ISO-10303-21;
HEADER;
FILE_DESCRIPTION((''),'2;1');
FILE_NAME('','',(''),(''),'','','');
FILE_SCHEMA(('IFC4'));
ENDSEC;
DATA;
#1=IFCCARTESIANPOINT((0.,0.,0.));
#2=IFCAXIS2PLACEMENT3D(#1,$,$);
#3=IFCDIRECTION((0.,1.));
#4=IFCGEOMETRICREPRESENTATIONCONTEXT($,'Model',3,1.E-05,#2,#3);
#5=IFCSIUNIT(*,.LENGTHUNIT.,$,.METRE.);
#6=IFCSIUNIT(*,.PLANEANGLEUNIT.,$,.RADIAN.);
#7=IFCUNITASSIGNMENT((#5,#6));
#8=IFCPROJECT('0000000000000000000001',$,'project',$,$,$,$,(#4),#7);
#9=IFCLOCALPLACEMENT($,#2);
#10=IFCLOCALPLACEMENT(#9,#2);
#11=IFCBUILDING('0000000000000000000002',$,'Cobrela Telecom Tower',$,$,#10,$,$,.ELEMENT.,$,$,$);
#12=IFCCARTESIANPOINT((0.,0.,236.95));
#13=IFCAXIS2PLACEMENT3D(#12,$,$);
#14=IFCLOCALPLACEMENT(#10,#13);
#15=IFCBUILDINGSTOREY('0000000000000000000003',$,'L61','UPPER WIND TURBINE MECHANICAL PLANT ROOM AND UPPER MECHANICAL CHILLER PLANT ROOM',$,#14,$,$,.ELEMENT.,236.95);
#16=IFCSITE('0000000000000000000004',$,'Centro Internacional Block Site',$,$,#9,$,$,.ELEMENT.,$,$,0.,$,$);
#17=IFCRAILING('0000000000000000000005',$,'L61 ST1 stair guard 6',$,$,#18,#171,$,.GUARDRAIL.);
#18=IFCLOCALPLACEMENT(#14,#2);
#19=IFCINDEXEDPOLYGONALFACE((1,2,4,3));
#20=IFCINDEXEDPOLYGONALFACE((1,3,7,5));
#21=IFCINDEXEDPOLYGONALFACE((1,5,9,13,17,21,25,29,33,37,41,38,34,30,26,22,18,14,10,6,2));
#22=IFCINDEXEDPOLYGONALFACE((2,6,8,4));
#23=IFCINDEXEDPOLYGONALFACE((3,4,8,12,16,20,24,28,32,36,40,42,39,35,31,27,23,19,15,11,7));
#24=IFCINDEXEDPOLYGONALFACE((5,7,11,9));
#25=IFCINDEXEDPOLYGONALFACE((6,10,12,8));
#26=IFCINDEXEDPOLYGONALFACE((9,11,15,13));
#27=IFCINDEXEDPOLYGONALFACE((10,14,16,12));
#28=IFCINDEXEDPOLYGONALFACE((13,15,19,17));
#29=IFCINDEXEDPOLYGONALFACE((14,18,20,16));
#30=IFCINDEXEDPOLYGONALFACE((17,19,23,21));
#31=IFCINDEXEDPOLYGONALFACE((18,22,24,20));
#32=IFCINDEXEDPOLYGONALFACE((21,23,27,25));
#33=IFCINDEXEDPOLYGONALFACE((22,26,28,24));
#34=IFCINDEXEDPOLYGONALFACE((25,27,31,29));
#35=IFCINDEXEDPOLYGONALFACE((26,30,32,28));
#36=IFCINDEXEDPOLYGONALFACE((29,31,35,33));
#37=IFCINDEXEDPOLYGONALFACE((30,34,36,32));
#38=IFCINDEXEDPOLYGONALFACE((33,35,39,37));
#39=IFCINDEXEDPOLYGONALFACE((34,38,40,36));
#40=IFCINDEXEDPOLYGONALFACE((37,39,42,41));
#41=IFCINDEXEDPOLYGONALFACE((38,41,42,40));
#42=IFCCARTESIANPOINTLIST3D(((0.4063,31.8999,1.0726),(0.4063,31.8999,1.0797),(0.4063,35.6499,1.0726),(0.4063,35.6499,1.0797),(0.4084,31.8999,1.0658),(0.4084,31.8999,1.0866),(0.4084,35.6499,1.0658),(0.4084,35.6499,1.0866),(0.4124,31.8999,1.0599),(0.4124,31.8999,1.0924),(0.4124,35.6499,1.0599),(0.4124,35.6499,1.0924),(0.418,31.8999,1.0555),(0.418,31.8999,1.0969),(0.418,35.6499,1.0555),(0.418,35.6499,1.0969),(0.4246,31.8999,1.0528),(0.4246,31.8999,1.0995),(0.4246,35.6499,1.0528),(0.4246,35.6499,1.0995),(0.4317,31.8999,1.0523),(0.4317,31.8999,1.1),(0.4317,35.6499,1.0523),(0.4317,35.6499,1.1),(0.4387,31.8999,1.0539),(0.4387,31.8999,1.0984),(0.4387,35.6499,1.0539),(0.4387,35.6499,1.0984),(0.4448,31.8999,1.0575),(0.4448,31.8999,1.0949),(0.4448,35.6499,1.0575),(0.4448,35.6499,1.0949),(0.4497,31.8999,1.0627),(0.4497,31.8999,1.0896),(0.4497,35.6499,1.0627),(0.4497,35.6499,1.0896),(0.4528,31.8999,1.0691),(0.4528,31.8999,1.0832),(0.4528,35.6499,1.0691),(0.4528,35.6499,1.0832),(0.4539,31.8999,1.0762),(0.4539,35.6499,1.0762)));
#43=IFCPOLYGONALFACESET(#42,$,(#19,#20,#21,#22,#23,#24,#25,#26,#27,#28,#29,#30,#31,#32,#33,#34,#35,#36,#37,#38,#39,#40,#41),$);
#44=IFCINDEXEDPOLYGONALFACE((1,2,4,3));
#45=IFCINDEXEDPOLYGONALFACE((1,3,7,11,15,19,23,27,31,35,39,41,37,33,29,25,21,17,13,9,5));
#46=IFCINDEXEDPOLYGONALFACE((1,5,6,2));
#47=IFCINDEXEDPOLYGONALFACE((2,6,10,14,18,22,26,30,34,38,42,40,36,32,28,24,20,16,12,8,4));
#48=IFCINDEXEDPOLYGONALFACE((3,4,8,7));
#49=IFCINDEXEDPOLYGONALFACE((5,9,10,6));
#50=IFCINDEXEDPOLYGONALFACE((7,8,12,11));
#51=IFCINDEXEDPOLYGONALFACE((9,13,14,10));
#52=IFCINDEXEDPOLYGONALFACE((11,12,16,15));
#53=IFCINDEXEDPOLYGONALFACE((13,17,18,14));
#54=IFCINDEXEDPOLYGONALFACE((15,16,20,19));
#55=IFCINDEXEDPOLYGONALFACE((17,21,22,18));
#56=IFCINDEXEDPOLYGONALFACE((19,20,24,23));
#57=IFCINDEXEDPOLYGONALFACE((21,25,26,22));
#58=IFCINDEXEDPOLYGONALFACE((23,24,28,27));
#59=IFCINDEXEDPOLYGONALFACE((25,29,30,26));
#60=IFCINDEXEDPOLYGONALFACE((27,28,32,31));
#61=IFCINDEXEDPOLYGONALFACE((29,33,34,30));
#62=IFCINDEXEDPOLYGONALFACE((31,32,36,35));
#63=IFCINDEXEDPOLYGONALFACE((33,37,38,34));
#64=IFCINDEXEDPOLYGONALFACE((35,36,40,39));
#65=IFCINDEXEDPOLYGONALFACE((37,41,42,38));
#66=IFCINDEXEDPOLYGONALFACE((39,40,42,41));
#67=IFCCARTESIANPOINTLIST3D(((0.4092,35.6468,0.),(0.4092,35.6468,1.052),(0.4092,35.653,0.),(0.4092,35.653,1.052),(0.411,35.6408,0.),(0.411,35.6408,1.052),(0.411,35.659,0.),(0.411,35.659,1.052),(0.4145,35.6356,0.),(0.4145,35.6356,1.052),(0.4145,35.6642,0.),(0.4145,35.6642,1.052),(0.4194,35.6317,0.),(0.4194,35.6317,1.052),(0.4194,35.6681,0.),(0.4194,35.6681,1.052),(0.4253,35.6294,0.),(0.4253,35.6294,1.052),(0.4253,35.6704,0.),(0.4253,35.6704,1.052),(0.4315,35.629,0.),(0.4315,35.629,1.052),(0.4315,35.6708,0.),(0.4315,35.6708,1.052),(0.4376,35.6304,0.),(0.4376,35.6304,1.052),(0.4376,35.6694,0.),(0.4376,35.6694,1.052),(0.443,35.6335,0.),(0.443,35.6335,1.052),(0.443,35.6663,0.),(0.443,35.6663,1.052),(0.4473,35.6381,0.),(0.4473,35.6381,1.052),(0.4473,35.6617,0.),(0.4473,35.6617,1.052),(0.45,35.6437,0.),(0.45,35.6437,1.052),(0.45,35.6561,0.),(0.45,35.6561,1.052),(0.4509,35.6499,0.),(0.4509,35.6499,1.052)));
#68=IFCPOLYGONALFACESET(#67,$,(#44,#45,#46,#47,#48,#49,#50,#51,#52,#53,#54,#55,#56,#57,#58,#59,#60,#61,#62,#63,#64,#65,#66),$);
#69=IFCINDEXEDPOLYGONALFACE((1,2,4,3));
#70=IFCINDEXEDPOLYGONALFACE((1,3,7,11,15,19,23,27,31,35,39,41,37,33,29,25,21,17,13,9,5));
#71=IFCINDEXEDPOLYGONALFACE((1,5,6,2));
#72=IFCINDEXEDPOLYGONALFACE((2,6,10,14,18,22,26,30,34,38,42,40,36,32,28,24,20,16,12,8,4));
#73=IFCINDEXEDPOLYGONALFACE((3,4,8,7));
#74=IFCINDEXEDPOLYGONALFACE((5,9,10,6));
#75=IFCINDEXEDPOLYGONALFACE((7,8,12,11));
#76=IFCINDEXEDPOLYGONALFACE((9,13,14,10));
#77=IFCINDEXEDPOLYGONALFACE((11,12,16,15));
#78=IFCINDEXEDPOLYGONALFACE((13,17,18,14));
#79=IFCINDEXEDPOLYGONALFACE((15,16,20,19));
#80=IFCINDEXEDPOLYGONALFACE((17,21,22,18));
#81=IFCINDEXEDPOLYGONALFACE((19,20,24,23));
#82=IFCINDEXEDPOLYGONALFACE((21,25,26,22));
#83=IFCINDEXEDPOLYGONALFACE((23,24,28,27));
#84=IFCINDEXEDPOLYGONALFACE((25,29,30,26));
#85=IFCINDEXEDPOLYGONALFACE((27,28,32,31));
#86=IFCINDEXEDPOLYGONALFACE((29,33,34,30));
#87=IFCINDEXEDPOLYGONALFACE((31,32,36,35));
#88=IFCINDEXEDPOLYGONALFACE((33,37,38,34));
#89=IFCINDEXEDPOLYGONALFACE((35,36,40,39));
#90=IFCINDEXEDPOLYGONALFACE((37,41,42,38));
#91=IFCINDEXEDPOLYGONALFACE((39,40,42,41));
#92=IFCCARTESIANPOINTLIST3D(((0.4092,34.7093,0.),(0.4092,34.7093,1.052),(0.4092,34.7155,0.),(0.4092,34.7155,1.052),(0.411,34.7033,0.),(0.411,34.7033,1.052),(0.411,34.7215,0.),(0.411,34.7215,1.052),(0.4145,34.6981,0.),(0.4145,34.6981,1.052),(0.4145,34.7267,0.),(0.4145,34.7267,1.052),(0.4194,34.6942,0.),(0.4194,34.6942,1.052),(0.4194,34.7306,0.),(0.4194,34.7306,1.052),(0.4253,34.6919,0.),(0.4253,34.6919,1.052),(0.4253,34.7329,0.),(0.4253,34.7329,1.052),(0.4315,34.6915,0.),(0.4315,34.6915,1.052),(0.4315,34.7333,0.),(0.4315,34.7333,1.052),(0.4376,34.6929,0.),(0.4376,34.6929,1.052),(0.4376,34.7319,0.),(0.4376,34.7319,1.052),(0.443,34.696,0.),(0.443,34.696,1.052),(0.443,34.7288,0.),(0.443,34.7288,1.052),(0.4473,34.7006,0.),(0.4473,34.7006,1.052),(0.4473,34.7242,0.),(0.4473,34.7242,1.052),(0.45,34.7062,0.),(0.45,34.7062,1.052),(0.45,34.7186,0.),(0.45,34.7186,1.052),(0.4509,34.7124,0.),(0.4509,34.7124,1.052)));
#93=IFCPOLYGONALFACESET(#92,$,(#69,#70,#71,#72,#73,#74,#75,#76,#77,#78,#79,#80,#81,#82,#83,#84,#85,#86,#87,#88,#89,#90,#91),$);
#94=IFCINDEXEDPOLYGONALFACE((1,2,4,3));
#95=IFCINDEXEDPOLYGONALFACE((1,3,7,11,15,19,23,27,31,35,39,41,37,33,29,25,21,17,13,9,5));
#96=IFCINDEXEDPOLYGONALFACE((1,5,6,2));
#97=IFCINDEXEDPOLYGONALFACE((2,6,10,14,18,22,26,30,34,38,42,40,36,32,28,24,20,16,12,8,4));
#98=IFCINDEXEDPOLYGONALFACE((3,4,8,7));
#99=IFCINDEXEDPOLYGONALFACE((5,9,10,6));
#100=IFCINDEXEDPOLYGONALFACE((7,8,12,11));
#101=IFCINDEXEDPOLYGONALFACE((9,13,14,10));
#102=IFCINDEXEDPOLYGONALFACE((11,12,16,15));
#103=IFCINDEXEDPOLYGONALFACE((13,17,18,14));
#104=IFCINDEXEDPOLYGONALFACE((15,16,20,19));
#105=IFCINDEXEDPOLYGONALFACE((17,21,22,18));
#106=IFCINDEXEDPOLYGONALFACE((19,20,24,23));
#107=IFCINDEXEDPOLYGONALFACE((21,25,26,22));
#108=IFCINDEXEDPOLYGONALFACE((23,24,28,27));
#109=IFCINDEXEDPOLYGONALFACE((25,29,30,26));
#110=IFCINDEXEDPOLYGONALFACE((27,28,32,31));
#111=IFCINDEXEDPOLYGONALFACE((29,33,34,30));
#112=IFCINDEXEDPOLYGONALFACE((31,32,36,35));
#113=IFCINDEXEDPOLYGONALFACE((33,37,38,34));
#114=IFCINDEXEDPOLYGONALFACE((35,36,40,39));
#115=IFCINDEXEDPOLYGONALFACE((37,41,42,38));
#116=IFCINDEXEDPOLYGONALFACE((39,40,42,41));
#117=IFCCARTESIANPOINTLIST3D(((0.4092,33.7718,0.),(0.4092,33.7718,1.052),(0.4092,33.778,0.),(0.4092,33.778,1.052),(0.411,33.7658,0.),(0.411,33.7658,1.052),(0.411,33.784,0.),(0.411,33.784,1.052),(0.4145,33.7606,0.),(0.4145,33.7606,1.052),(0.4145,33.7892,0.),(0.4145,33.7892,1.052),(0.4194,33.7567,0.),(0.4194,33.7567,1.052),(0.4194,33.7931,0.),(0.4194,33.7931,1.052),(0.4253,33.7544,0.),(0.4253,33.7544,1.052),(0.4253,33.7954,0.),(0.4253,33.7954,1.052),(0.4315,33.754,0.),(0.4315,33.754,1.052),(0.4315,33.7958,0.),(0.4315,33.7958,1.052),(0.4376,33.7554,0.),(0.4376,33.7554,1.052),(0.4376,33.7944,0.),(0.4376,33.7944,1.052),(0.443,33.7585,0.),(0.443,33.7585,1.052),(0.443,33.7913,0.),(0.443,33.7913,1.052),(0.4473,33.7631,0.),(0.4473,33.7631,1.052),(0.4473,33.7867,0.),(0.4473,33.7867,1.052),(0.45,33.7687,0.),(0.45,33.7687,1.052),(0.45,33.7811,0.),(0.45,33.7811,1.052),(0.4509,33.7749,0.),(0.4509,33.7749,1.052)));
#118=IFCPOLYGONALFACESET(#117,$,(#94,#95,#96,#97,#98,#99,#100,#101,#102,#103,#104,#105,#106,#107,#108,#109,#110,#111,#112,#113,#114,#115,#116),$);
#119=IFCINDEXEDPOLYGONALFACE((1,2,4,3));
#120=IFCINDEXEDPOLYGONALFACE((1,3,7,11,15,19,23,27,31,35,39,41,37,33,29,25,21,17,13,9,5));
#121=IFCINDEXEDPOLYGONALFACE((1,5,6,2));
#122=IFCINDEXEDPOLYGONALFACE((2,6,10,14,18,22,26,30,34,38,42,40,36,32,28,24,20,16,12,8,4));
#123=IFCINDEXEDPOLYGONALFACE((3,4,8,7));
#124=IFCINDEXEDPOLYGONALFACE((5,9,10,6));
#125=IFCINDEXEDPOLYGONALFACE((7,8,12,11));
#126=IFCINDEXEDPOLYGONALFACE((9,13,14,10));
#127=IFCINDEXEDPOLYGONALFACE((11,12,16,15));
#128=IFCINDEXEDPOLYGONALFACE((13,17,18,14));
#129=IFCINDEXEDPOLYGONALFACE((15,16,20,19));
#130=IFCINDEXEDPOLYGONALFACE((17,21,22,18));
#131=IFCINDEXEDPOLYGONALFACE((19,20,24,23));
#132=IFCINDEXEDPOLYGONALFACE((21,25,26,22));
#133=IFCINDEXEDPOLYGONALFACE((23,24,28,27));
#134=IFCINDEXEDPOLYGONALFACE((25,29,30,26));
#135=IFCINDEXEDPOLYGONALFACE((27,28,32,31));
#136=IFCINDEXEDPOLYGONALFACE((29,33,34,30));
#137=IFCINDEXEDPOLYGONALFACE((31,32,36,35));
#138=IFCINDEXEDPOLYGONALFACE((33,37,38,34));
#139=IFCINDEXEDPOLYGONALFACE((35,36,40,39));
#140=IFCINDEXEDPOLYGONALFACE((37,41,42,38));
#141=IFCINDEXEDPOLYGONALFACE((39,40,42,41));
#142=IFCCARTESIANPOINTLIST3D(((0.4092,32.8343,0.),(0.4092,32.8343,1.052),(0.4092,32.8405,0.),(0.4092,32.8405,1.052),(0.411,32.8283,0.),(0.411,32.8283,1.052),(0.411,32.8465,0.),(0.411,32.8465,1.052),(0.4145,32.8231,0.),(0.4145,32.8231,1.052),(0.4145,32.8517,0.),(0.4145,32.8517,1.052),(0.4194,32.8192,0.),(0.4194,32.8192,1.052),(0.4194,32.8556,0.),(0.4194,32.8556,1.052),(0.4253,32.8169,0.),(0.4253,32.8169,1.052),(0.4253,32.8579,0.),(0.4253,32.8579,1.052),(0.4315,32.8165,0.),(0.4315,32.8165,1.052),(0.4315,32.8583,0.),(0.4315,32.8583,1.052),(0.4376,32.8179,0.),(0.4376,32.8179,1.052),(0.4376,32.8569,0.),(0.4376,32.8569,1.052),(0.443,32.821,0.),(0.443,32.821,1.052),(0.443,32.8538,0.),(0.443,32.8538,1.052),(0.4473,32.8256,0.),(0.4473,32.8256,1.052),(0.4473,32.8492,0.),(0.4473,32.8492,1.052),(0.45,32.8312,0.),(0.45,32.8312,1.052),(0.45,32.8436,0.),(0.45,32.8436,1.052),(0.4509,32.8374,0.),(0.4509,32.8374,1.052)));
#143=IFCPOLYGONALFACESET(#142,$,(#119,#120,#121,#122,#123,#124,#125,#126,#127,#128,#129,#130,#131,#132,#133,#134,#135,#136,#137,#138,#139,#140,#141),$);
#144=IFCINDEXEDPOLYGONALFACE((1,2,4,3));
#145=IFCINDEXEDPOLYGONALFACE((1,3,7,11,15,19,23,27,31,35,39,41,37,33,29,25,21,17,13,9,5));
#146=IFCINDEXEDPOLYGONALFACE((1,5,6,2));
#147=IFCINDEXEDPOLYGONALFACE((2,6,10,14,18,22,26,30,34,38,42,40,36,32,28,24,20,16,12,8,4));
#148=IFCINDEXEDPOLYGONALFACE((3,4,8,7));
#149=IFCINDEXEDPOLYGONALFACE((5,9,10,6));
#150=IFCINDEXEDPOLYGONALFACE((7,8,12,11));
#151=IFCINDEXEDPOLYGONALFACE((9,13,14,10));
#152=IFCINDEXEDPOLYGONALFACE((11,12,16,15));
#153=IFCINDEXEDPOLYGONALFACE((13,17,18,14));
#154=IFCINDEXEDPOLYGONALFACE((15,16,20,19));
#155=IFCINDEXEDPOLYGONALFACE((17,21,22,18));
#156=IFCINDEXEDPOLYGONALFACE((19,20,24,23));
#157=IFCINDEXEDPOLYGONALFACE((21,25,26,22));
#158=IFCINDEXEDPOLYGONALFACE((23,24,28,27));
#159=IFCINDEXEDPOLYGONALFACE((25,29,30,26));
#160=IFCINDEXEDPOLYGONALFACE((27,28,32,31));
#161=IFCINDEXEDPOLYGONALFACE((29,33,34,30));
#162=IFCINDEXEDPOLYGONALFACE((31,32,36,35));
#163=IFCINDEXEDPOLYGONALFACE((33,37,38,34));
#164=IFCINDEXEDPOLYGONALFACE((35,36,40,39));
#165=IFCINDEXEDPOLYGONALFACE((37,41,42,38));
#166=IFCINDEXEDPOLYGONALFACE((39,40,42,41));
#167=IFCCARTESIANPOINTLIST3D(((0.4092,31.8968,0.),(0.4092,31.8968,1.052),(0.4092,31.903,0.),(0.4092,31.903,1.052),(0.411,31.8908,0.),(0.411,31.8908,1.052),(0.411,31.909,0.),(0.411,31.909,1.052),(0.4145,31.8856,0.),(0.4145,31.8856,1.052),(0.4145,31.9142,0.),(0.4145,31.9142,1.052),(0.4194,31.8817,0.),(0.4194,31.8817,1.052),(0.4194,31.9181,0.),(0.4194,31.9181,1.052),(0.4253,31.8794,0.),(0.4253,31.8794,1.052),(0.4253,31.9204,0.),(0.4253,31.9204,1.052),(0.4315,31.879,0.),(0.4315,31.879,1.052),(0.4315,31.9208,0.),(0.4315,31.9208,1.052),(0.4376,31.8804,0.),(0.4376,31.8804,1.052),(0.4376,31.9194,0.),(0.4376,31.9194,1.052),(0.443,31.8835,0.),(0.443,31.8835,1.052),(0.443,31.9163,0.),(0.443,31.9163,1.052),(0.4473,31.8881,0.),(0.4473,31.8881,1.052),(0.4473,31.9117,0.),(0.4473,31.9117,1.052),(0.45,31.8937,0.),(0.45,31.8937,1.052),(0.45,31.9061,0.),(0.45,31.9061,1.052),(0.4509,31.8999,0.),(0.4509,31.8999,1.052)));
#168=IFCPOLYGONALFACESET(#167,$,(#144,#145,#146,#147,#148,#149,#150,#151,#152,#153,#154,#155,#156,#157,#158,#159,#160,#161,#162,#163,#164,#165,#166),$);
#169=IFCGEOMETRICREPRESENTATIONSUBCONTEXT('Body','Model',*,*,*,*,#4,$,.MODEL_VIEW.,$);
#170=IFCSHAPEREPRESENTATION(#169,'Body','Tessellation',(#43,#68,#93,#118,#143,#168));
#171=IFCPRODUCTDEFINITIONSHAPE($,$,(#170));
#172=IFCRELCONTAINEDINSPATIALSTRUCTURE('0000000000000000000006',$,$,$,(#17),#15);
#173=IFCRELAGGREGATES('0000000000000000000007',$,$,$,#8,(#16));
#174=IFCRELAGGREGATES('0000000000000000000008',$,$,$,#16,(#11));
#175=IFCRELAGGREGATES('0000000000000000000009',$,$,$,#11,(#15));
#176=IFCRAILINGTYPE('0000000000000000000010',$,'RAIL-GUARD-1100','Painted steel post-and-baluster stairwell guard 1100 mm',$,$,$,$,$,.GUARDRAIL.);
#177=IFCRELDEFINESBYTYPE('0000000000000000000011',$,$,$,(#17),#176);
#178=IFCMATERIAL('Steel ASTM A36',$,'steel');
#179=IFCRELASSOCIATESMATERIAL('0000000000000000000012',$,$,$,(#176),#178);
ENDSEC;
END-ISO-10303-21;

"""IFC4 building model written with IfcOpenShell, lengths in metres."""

from ifc_helpers import new_model, si_unit, direction, frame, origin, origin_2d, place, context, subcontext, project, spatial, circle, extrude, material, type_object, element, save


model = new_model("IFC4")

# Units and contexts
model_context = context("Model", 3, precision=1e-05, world=origin(), true_north=direction((0.0, 1.0)))
body_context = subcontext(model_context, "Body", "Model", "MODEL_VIEW")
ifc_project = project(units=[si_unit("LENGTHUNIT", "METRE"), si_unit("PLANEANGLEUNIT", "RADIAN")], contexts=[model_context])

# Site, building, storey
site_placement = place(None, origin())
site = spatial("IfcSite", under=ifc_project, at=site_placement, Name="Centro Internacional Block Site", CompositionType="ELEMENT", RefElevation=0.0)
building_placement = place(site_placement, origin())
building = spatial("IfcBuilding", under=site, at=building_placement, Name="Cobrela Telecom Tower", CompositionType="ELEMENT")
storey_placement = place(building_placement, frame((0.0, 0.0, 236.95)))
storey = spatial("IfcBuildingStorey", under=building, at=storey_placement, Name="L61", Description="UPPER WIND TURBINE MECHANICAL PLANT ROOM AND UPPER MECHANICAL CHILLER PLANT ROOM", CompositionType="ELEMENT", Elevation=236.95)

# Shared definitions
ifc_material_1 = material(Name="Steel ASTM A36", Category="steel")

# Railing
railing_type_1 = type_object("IfcRailingType", Name="RAIL-GUARD-1100", Description="Painted steel post-and-baluster stairwell guard 1100 mm", PredefinedType="GUARDRAIL", material=ifc_material_1)
railing_1_placement = place(storey_placement, frame((0.4299, 35.6499, 0.0)))
element("IfcRailing", 1, at=railing_1_placement, inside=storey, type_object=railing_type_1, Name="L61 ST1 stair guard 6", PredefinedType="GUARDRAIL", context=body_context, shape_type="SweptSolid", body=[
    extrude(circle(Radius=0.0239, at=origin_2d()), frame((0.0, 0.0, 1.0762), z_axis=(0.0, -1.0, 0.0), x_axis=(1.0, 0.0, 0.0)), (0.0, 0.0, 1.0), 3.75),
    extrude(circle(Radius=0.021, at=origin_2d()), origin(), (0.0, 0.0, 1.0), 1.052),
    extrude(circle(Radius=0.021, at=origin_2d()), frame((0.0, -0.9375, 0.0)), (0.0, 0.0, 1.0), 1.052),
    extrude(circle(Radius=0.021, at=origin_2d()), frame((0.0, -1.875, 0.0)), (0.0, 0.0, 1.0), 1.052),
    extrude(circle(Radius=0.021, at=origin_2d()), frame((0.0, -2.8125, 0.0)), (0.0, 0.0, 1.0), 1.052),
    extrude(circle(Radius=0.021, at=origin_2d()), frame((0.0, -3.75, 0.0)), (0.0, 0.0, 1.0), 1.052),
])

save(model, "model.ifc")
